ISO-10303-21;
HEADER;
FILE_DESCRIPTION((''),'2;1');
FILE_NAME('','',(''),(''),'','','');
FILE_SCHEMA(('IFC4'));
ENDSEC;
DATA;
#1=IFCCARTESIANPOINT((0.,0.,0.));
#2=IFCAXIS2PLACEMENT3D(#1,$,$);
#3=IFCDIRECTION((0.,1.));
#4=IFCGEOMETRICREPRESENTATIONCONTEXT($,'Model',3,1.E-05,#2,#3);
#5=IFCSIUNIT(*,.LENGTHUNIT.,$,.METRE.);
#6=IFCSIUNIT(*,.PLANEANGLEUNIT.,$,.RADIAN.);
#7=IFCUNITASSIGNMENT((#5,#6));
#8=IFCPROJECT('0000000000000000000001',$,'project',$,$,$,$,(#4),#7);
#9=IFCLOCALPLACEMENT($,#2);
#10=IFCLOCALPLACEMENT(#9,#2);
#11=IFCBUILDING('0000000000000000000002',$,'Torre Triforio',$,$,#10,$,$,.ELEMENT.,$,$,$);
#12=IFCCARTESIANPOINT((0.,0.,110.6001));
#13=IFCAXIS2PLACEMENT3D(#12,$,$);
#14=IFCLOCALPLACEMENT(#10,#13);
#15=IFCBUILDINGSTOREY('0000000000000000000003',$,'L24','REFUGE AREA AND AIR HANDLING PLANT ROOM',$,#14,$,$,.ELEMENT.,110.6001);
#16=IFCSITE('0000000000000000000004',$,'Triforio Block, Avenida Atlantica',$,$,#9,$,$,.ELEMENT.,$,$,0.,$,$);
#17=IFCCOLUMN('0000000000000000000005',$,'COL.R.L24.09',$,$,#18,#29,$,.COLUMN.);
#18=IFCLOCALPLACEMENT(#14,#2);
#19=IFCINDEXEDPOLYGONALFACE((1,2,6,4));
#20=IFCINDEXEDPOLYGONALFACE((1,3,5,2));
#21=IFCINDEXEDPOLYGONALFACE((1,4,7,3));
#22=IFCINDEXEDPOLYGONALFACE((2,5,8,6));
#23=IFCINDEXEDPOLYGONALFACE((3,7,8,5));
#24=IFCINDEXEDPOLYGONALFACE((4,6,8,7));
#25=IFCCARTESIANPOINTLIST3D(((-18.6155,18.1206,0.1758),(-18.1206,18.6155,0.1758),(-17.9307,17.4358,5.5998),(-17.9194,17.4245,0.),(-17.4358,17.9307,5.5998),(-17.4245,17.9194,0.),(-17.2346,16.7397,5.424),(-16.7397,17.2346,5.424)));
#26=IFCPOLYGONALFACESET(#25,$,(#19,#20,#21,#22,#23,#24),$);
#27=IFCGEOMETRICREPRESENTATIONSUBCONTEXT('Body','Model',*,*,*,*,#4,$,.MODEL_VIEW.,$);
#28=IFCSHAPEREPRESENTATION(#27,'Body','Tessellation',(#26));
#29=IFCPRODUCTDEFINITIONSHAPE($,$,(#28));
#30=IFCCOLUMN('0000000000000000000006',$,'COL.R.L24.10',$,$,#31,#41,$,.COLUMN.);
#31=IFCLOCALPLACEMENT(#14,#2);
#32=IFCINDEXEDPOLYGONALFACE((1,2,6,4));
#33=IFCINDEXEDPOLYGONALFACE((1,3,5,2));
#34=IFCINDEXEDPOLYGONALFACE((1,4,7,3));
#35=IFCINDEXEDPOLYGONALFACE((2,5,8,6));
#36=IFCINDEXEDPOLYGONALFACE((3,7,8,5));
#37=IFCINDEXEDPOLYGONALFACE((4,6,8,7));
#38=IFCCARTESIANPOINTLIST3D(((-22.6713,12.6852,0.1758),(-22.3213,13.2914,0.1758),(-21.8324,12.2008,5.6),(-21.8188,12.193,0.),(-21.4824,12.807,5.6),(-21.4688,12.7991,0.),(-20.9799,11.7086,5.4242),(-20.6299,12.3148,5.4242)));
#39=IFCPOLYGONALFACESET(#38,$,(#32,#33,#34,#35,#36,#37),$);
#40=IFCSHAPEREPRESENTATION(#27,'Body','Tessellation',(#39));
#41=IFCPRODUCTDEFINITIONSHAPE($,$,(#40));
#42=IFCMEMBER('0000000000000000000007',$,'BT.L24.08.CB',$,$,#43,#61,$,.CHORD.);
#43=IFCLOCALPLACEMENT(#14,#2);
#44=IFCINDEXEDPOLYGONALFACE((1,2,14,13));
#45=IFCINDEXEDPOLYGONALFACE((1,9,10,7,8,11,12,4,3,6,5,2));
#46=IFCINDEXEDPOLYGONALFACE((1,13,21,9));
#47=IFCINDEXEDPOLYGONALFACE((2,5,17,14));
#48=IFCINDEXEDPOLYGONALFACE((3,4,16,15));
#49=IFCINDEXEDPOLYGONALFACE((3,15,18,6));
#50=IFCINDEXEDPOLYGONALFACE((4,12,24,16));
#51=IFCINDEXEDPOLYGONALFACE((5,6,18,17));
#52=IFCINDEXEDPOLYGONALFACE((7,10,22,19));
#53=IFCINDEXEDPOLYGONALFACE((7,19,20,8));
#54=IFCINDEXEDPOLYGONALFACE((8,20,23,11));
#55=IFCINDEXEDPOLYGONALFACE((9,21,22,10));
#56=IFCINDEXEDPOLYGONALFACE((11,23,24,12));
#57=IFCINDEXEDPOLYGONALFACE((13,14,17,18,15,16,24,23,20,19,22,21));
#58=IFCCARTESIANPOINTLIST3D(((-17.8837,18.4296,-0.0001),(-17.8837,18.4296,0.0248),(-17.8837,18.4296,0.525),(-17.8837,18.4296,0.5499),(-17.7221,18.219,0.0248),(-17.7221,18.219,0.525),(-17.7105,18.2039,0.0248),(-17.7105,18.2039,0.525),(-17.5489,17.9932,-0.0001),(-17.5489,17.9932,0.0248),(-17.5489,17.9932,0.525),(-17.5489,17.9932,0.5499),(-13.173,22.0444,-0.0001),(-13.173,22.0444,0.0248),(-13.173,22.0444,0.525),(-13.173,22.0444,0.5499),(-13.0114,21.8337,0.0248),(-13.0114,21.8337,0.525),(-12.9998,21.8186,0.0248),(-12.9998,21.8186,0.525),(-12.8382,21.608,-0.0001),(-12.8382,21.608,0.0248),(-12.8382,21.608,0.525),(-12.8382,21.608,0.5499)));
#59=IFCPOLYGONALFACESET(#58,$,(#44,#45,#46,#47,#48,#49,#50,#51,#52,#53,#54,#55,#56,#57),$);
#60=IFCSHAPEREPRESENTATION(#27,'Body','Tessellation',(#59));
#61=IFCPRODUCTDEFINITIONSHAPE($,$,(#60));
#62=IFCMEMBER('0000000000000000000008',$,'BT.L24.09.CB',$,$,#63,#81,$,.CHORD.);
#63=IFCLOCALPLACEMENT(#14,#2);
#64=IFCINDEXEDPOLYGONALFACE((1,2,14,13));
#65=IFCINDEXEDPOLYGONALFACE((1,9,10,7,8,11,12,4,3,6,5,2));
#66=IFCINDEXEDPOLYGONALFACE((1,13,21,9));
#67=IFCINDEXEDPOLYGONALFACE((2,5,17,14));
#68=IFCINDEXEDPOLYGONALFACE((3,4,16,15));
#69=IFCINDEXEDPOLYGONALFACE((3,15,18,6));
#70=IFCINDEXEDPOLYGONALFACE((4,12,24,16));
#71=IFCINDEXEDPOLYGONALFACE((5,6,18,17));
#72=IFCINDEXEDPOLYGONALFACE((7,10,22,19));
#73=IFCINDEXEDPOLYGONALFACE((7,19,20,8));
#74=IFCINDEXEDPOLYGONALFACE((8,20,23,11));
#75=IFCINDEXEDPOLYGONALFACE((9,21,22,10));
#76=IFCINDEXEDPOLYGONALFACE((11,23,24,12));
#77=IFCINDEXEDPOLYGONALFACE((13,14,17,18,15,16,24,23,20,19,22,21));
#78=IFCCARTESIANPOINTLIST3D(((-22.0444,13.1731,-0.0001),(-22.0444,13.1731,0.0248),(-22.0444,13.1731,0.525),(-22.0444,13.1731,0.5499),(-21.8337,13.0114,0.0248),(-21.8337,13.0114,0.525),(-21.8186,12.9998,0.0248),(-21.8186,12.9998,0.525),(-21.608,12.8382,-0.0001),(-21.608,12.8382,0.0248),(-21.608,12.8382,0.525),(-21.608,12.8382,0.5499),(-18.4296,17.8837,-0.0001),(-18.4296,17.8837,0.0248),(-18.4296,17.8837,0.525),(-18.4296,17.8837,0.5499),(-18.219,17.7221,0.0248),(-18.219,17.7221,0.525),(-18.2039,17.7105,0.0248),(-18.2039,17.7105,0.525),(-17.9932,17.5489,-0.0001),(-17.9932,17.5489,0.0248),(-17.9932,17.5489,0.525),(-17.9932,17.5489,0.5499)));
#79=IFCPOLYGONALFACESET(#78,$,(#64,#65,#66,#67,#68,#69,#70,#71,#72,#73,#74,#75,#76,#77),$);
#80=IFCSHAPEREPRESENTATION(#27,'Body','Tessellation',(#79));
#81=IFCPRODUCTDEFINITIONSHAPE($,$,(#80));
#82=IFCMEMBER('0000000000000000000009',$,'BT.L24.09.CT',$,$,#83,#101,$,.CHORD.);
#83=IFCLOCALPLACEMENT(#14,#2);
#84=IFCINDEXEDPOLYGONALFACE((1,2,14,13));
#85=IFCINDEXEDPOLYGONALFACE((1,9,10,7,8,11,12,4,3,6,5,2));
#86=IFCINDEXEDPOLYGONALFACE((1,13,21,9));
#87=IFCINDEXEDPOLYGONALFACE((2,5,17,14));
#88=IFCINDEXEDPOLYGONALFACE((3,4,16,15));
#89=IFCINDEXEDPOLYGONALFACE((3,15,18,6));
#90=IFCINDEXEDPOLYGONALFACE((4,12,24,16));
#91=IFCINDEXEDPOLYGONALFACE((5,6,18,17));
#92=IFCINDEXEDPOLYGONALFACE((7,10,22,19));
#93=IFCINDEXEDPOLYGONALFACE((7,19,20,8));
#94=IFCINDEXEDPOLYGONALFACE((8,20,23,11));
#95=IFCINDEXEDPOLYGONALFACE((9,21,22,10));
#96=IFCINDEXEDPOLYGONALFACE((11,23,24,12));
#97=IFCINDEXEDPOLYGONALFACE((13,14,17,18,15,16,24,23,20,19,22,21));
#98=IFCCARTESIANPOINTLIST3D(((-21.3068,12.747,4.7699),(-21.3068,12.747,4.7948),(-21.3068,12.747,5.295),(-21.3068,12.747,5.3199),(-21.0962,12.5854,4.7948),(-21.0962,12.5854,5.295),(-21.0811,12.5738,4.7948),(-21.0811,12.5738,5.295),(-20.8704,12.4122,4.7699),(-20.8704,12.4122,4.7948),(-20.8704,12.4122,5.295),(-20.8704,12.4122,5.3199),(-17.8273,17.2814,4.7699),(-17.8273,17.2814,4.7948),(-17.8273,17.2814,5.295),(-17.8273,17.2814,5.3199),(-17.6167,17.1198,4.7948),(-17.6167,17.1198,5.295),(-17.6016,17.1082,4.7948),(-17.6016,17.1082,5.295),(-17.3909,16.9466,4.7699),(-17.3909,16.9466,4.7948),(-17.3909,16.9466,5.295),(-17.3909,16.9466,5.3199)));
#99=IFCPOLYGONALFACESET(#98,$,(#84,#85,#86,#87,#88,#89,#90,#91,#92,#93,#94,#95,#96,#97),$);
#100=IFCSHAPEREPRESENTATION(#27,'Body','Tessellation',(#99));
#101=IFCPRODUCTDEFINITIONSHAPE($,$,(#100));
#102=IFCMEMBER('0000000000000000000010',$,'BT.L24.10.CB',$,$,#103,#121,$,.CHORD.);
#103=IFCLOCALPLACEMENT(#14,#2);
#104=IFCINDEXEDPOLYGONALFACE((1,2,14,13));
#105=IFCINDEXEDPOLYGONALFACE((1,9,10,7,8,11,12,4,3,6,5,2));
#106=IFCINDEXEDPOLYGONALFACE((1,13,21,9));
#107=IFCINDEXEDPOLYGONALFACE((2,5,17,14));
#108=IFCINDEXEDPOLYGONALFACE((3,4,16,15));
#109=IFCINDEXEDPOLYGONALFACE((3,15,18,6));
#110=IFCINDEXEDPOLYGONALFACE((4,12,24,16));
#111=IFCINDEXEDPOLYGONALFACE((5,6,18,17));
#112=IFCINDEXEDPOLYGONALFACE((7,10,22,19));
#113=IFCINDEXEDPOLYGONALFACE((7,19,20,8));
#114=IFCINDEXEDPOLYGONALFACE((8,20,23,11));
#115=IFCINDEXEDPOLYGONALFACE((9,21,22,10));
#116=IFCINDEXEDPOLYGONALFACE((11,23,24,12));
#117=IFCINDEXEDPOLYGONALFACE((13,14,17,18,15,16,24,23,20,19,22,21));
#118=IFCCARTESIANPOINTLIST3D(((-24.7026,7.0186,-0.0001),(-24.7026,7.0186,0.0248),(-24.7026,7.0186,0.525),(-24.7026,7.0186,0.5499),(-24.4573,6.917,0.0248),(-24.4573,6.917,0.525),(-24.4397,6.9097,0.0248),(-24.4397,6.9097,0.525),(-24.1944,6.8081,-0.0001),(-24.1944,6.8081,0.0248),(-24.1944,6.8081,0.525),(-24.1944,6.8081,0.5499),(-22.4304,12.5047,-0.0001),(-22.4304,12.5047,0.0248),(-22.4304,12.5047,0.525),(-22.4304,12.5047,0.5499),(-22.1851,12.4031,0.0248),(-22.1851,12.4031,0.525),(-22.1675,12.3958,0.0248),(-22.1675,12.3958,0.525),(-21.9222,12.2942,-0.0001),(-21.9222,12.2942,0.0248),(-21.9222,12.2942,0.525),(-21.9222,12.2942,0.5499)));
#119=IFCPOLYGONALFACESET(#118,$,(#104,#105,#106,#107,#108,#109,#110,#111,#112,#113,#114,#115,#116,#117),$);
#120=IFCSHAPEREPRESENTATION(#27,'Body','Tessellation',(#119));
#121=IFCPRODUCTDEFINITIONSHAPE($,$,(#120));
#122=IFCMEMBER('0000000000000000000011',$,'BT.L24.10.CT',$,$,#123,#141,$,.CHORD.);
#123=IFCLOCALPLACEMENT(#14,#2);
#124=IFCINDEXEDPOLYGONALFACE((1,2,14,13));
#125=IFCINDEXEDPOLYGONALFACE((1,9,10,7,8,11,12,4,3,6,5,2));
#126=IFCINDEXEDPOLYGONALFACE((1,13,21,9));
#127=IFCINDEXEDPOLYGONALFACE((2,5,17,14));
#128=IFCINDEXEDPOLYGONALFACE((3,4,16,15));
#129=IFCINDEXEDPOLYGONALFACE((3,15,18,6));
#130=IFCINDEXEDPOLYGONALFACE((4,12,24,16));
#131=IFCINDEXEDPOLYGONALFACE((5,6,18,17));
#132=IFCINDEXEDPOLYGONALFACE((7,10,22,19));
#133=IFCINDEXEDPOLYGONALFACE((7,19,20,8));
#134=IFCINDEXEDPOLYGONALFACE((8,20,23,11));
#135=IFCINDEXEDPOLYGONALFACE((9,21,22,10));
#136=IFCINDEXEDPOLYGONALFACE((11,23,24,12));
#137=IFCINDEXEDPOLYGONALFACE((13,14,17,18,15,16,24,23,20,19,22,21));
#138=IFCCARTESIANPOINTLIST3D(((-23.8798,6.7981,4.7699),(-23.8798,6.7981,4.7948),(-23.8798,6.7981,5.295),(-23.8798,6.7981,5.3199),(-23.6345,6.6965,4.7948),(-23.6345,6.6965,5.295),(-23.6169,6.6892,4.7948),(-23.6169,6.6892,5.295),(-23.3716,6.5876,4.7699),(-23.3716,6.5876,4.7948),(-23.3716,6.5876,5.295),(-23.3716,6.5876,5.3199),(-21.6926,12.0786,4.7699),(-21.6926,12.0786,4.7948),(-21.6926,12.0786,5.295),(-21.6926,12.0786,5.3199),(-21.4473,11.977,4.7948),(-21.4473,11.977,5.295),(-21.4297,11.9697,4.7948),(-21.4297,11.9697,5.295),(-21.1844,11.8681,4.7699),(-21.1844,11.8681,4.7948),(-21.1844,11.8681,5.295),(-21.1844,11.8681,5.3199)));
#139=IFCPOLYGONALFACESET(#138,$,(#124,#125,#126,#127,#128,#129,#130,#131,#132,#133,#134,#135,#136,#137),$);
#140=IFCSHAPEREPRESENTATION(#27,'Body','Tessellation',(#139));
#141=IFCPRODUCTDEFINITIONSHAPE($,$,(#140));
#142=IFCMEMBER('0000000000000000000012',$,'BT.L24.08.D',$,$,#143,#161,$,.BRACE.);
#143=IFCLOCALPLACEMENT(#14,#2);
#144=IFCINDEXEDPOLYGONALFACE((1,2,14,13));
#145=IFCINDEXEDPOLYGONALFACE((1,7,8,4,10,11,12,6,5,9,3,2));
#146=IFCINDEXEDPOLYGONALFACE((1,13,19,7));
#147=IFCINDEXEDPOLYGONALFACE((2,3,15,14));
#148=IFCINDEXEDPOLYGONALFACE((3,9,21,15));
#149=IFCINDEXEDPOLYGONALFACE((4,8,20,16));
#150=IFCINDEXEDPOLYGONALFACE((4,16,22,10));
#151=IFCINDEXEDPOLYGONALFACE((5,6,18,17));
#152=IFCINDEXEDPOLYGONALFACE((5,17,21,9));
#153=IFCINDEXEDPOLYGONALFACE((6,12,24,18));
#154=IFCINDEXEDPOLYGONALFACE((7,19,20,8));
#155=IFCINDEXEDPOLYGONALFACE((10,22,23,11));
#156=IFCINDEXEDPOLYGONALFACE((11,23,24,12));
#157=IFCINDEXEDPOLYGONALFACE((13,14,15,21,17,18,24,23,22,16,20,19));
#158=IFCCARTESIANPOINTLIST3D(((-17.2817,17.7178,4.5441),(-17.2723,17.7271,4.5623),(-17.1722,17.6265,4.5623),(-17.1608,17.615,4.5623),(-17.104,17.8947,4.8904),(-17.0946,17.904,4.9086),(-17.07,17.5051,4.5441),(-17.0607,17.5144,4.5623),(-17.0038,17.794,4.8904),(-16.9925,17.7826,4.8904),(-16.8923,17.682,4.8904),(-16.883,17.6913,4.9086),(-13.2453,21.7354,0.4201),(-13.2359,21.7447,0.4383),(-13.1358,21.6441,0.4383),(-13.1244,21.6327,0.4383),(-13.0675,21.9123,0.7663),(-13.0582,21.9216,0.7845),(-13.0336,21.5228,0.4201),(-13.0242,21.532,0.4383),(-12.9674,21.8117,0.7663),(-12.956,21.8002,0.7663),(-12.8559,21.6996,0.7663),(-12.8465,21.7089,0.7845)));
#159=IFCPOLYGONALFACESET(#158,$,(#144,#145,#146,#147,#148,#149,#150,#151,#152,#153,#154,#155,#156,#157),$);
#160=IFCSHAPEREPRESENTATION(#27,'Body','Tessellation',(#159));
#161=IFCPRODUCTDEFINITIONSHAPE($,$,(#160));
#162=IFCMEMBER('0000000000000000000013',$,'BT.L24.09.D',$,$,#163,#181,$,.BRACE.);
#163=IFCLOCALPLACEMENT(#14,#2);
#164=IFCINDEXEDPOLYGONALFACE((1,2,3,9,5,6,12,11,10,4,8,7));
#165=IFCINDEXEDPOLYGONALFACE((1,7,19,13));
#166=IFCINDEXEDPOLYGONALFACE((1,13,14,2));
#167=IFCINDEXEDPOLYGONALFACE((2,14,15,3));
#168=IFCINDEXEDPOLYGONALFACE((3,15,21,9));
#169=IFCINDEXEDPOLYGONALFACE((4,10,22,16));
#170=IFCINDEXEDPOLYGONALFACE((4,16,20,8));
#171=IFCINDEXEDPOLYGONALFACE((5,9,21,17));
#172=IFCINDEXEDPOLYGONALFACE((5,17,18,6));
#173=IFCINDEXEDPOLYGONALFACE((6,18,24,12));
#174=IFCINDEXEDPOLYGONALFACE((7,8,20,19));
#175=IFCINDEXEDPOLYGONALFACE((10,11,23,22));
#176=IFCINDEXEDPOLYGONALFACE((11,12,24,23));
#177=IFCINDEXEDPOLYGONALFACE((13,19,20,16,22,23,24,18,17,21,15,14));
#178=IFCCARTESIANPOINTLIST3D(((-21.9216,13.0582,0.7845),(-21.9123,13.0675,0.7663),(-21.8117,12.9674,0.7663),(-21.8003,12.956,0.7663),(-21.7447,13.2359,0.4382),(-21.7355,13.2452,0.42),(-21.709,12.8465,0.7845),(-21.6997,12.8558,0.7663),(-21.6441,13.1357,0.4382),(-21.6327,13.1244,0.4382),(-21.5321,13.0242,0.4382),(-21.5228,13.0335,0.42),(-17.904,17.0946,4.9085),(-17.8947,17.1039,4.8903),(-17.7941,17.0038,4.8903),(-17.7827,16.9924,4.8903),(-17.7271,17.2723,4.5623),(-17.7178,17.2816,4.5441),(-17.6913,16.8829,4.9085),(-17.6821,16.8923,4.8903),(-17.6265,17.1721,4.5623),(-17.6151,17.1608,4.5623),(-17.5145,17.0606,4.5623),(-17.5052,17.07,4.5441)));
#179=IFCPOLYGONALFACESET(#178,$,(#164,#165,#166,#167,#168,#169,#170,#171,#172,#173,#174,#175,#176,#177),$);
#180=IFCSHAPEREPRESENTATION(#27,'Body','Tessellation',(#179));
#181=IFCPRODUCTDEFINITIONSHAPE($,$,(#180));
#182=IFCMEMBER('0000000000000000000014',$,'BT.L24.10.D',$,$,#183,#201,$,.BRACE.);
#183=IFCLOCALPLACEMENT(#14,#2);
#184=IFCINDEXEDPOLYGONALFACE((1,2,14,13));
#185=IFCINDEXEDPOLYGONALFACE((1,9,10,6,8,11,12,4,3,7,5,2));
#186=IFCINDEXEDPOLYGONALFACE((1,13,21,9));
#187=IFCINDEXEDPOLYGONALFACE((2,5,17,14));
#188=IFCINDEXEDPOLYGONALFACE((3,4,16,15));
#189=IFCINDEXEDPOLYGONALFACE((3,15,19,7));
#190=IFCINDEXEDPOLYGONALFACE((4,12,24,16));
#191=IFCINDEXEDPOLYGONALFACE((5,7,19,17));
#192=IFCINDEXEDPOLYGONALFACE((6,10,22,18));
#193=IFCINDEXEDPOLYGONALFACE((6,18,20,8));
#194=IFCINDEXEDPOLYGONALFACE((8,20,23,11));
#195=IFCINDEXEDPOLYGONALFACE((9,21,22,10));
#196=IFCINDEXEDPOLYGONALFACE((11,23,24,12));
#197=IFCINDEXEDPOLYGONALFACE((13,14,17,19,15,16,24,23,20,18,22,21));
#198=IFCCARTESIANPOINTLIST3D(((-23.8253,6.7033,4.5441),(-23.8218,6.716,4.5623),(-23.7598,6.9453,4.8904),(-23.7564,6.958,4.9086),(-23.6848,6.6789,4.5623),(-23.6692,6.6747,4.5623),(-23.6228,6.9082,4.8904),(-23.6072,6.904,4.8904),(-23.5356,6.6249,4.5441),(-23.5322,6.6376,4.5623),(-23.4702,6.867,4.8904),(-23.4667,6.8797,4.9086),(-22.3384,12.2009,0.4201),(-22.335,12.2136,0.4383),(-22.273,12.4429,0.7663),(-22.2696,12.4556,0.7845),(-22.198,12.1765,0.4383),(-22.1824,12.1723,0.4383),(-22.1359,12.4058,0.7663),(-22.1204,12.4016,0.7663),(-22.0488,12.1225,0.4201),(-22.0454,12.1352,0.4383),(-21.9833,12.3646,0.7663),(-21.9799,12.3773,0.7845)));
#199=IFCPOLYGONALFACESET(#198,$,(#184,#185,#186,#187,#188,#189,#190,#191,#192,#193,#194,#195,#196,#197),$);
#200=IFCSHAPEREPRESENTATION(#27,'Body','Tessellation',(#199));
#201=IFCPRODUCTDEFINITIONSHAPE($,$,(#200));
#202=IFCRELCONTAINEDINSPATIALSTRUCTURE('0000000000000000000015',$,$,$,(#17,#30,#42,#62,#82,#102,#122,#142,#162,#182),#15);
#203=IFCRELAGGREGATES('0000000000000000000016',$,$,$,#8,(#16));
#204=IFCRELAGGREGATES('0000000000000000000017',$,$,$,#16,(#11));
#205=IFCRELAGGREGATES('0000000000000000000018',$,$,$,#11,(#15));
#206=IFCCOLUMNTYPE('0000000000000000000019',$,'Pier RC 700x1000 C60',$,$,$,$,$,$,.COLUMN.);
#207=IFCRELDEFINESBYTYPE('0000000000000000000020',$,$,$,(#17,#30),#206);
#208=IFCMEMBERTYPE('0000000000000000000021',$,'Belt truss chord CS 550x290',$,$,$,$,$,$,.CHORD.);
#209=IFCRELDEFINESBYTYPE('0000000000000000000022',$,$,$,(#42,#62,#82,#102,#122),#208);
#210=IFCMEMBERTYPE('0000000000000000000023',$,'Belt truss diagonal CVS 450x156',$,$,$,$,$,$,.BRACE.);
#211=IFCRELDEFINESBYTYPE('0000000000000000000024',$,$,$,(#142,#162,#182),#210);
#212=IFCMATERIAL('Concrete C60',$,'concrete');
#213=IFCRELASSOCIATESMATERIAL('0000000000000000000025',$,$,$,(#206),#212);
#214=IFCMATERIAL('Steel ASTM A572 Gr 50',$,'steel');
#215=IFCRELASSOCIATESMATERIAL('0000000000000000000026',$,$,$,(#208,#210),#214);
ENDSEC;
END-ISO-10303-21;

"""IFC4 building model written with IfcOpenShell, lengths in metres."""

from ifc_helpers import new_model, si_unit, direction, frame, origin, origin_2d, place, context, subcontext, project, spatial, rectangle, i_section, extrude, material, material_profile, profile_set, type_object, element, save


model = new_model("IFC4")

# Units and contexts
model_context = context("Model", 3, precision=1e-05, world=origin(), true_north=direction((0.0, 1.0)))
body_context = subcontext(model_context, "Body", "Model", "MODEL_VIEW")
ifc_project = project(units=[si_unit("LENGTHUNIT", "METRE"), si_unit("PLANEANGLEUNIT", "RADIAN")], contexts=[model_context])

# Site, building, storey
site_placement = place(None, origin())
site = spatial("IfcSite", under=ifc_project, at=site_placement, Name="Triforio Block, Avenida Atlantica", CompositionType="ELEMENT", RefElevation=0.0)
building_placement = place(site_placement, origin())
building = spatial("IfcBuilding", under=site, at=building_placement, Name="Torre Triforio", CompositionType="ELEMENT")
storey_placement = place(building_placement, frame((0.0, 0.0, 110.6001)))
storey = spatial("IfcBuildingStorey", under=building, at=storey_placement, Name="L24", Description="REFUGE AREA AND AIR HANDLING PLANT ROOM", CompositionType="ELEMENT", Elevation=110.6001)

# Columns
ifc_material_1 = material(Name="Concrete C60", Category="concrete")
ifc_material_profile_1 = material_profile(ifc_material_1, rectangle(XDim=0.7, YDim=1.0, at=origin_2d()), Name="RC 700x1000")
ifc_profile_set_1 = profile_set([ifc_material_profile_1], Name="Concrete C60")
column_type = type_object("IfcColumnType", Name="Pier RC 700x1000 C60", PredefinedType="COLUMN", material=ifc_profile_set_1)
column_1_placement = place(storey_placement, frame((-18.02, 18.02, 0.0879), z_axis=(0.124289, -0.124289, 0.984431), x_axis=(0.707107, 0.707107, 0.0)))
element("IfcColumn", 1, at=column_1_placement, inside=storey, type_object=column_type, Name="COL.R.L24.09", PredefinedType="COLUMN", context=body_context, shape_type="SweptSolid", body=[
    extrude(rectangle(XDim=0.7, YDim=1.0, at=origin_2d()), origin(), (0.0, 0.0, 1.0), 5.5098),
])
column_2_placement = place(storey_placement, frame((-22.0701, 12.7422, 0.0879), z_axis=(0.152248, -0.08791, 0.984425), x_axis=(0.500042, 0.866001, 0.0)))
element("IfcColumn", 2, at=column_2_placement, inside=storey, type_object=column_type, Name="COL.R.L24.10", PredefinedType="COLUMN", context=body_context, shape_type="SweptSolid", body=[
    extrude(rectangle(XDim=0.7, YDim=1.0, at=origin_2d()), origin(), (0.0, 0.0, 1.0), 5.51),
])

# Members
ifc_material_2 = material(Name="Steel ASTM A572 Gr 50", Category="steel")
ifc_material_profile_2 = material_profile(ifc_material_2, i_section(OverallWidth=0.55, OverallDepth=0.55, WebThickness=0.019, FlangeThickness=0.0249, at=origin_2d()), Name="CS 550x290")
ifc_profile_set_2 = profile_set([ifc_material_profile_2], Name="Steel ASTM A572 Gr 50")
member_type_1 = type_object("IfcMemberType", Name="Belt truss chord CS 550x290", PredefinedType="CHORD", material=ifc_profile_set_2)
for number, where, z_axis, x_axis, name in (
    (3, (-13.0056, 21.8262, 0.2749), (-0.793345, -0.608772, 0.0), (0.608772, -0.793345, 0.0), "BT.L24.08.CB"),
    (4, (-18.2114, 17.7163, 0.2749), (-0.608772, -0.793345, 0.0), (0.793345, -0.608772, 0.0), "BT.L24.09.CB"),
):
    element("IfcMember", number, at=place(storey_placement, frame(where, z_axis=z_axis, x_axis=x_axis)), inside=storey, type_object=member_type_1, Name=name, PredefinedType="CHORD", context=body_context, shape_type="SweptSolid", body=[
        extrude(i_section(OverallWidth=0.55, OverallDepth=0.55, WebThickness=0.019, FlangeThickness=0.0249, at=origin_2d()), origin(), (0.0, 0.0, 1.0), 5.9377),
    ])
member_1_placement = place(storey_placement, frame((-17.6091, 17.114, 5.0449), z_axis=(-0.608773, -0.793344, 0.0), x_axis=(0.793344, -0.608773, 0.0)))
element("IfcMember", 5, at=member_1_placement, inside=storey, type_object=member_type_1, Name="BT.L24.09.CT", PredefinedType="CHORD", context=body_context, shape_type="SweptSolid", body=[
    extrude(i_section(OverallWidth=0.55, OverallDepth=0.55, WebThickness=0.019, FlangeThickness=0.0249, at=origin_2d()), origin(), (0.0, 0.0, 1.0), 5.7156),
])
member_2_placement = place(storey_placement, frame((-22.1763, 12.3994, 0.2749), z_axis=(-0.382656, -0.923891, 0.0), x_axis=(0.923891, -0.382656, 0.0)))
element("IfcMember", 6, at=member_2_placement, inside=storey, type_object=member_type_1, Name="BT.L24.10.CB", PredefinedType="CHORD", context=body_context, shape_type="SweptSolid", body=[
    extrude(i_section(OverallWidth=0.55, OverallDepth=0.55, WebThickness=0.019, FlangeThickness=0.0249, at=origin_2d()), origin(), (0.0, 0.0, 1.0), 5.938),
])
member_3_placement = place(storey_placement, frame((-21.4385, 11.9734, 5.0449), z_axis=(-0.382683, -0.92388, 0.0), x_axis=(0.92388, -0.382683, 0.0)))
element("IfcMember", 7, at=member_3_placement, inside=storey, type_object=member_type_1, Name="BT.L24.10.CT", PredefinedType="CHORD", context=body_context, shape_type="SweptSolid", body=[
    extrude(i_section(OverallWidth=0.55, OverallDepth=0.55, WebThickness=0.019, FlangeThickness=0.0249, at=origin_2d()), origin(), (0.0, 0.0, 1.0), 5.7156),
])
ifc_material_profile_3 = material_profile(ifc_material_2, i_section(OverallWidth=0.3, OverallDepth=0.45, WebThickness=0.0161, FlangeThickness=0.0225, at=origin_2d()), Name="CVS 450x156")
ifc_profile_set_3 = profile_set([ifc_material_profile_3], Name="Steel ASTM A572 Gr 50")
member_type_2 = type_object("IfcMemberType", Name="Belt truss diagonal CVS 450x156", PredefinedType="BRACE", material=ifc_profile_set_3)
for number, where, z_axis, x_axis, name in (
    (8, (-13.0459, 21.7222, 0.6023), (-0.574049, -0.571375, 0.586514), (0.705454, -0.708755, 0.0), "BT.L24.08.D"),
    (9, (-17.7046, 17.0823, 4.7263), (-0.571375, -0.574049, -0.586514), (0.708755, -0.705454, 0.0), "BT.L24.09.D"),
    (10, (-22.1592, 12.2891, 0.6023), (-0.211452, -0.781852, 0.586511), (0.96532, -0.261071, 0.0), "BT.L24.10.D"),
):
    element("IfcMember", number, at=place(storey_placement, frame(where, z_axis=z_axis, x_axis=x_axis)), inside=storey, type_object=member_type_2, Name=name, PredefinedType="BRACE", context=body_context, shape_type="SweptSolid", body=[
        extrude(i_section(OverallWidth=0.3, OverallDepth=0.45, WebThickness=0.0161, FlangeThickness=0.0225, at=origin_2d()), origin(), (0.0, 0.0, 1.0), 7.0315),
    ])

save(model, "model.ifc")
